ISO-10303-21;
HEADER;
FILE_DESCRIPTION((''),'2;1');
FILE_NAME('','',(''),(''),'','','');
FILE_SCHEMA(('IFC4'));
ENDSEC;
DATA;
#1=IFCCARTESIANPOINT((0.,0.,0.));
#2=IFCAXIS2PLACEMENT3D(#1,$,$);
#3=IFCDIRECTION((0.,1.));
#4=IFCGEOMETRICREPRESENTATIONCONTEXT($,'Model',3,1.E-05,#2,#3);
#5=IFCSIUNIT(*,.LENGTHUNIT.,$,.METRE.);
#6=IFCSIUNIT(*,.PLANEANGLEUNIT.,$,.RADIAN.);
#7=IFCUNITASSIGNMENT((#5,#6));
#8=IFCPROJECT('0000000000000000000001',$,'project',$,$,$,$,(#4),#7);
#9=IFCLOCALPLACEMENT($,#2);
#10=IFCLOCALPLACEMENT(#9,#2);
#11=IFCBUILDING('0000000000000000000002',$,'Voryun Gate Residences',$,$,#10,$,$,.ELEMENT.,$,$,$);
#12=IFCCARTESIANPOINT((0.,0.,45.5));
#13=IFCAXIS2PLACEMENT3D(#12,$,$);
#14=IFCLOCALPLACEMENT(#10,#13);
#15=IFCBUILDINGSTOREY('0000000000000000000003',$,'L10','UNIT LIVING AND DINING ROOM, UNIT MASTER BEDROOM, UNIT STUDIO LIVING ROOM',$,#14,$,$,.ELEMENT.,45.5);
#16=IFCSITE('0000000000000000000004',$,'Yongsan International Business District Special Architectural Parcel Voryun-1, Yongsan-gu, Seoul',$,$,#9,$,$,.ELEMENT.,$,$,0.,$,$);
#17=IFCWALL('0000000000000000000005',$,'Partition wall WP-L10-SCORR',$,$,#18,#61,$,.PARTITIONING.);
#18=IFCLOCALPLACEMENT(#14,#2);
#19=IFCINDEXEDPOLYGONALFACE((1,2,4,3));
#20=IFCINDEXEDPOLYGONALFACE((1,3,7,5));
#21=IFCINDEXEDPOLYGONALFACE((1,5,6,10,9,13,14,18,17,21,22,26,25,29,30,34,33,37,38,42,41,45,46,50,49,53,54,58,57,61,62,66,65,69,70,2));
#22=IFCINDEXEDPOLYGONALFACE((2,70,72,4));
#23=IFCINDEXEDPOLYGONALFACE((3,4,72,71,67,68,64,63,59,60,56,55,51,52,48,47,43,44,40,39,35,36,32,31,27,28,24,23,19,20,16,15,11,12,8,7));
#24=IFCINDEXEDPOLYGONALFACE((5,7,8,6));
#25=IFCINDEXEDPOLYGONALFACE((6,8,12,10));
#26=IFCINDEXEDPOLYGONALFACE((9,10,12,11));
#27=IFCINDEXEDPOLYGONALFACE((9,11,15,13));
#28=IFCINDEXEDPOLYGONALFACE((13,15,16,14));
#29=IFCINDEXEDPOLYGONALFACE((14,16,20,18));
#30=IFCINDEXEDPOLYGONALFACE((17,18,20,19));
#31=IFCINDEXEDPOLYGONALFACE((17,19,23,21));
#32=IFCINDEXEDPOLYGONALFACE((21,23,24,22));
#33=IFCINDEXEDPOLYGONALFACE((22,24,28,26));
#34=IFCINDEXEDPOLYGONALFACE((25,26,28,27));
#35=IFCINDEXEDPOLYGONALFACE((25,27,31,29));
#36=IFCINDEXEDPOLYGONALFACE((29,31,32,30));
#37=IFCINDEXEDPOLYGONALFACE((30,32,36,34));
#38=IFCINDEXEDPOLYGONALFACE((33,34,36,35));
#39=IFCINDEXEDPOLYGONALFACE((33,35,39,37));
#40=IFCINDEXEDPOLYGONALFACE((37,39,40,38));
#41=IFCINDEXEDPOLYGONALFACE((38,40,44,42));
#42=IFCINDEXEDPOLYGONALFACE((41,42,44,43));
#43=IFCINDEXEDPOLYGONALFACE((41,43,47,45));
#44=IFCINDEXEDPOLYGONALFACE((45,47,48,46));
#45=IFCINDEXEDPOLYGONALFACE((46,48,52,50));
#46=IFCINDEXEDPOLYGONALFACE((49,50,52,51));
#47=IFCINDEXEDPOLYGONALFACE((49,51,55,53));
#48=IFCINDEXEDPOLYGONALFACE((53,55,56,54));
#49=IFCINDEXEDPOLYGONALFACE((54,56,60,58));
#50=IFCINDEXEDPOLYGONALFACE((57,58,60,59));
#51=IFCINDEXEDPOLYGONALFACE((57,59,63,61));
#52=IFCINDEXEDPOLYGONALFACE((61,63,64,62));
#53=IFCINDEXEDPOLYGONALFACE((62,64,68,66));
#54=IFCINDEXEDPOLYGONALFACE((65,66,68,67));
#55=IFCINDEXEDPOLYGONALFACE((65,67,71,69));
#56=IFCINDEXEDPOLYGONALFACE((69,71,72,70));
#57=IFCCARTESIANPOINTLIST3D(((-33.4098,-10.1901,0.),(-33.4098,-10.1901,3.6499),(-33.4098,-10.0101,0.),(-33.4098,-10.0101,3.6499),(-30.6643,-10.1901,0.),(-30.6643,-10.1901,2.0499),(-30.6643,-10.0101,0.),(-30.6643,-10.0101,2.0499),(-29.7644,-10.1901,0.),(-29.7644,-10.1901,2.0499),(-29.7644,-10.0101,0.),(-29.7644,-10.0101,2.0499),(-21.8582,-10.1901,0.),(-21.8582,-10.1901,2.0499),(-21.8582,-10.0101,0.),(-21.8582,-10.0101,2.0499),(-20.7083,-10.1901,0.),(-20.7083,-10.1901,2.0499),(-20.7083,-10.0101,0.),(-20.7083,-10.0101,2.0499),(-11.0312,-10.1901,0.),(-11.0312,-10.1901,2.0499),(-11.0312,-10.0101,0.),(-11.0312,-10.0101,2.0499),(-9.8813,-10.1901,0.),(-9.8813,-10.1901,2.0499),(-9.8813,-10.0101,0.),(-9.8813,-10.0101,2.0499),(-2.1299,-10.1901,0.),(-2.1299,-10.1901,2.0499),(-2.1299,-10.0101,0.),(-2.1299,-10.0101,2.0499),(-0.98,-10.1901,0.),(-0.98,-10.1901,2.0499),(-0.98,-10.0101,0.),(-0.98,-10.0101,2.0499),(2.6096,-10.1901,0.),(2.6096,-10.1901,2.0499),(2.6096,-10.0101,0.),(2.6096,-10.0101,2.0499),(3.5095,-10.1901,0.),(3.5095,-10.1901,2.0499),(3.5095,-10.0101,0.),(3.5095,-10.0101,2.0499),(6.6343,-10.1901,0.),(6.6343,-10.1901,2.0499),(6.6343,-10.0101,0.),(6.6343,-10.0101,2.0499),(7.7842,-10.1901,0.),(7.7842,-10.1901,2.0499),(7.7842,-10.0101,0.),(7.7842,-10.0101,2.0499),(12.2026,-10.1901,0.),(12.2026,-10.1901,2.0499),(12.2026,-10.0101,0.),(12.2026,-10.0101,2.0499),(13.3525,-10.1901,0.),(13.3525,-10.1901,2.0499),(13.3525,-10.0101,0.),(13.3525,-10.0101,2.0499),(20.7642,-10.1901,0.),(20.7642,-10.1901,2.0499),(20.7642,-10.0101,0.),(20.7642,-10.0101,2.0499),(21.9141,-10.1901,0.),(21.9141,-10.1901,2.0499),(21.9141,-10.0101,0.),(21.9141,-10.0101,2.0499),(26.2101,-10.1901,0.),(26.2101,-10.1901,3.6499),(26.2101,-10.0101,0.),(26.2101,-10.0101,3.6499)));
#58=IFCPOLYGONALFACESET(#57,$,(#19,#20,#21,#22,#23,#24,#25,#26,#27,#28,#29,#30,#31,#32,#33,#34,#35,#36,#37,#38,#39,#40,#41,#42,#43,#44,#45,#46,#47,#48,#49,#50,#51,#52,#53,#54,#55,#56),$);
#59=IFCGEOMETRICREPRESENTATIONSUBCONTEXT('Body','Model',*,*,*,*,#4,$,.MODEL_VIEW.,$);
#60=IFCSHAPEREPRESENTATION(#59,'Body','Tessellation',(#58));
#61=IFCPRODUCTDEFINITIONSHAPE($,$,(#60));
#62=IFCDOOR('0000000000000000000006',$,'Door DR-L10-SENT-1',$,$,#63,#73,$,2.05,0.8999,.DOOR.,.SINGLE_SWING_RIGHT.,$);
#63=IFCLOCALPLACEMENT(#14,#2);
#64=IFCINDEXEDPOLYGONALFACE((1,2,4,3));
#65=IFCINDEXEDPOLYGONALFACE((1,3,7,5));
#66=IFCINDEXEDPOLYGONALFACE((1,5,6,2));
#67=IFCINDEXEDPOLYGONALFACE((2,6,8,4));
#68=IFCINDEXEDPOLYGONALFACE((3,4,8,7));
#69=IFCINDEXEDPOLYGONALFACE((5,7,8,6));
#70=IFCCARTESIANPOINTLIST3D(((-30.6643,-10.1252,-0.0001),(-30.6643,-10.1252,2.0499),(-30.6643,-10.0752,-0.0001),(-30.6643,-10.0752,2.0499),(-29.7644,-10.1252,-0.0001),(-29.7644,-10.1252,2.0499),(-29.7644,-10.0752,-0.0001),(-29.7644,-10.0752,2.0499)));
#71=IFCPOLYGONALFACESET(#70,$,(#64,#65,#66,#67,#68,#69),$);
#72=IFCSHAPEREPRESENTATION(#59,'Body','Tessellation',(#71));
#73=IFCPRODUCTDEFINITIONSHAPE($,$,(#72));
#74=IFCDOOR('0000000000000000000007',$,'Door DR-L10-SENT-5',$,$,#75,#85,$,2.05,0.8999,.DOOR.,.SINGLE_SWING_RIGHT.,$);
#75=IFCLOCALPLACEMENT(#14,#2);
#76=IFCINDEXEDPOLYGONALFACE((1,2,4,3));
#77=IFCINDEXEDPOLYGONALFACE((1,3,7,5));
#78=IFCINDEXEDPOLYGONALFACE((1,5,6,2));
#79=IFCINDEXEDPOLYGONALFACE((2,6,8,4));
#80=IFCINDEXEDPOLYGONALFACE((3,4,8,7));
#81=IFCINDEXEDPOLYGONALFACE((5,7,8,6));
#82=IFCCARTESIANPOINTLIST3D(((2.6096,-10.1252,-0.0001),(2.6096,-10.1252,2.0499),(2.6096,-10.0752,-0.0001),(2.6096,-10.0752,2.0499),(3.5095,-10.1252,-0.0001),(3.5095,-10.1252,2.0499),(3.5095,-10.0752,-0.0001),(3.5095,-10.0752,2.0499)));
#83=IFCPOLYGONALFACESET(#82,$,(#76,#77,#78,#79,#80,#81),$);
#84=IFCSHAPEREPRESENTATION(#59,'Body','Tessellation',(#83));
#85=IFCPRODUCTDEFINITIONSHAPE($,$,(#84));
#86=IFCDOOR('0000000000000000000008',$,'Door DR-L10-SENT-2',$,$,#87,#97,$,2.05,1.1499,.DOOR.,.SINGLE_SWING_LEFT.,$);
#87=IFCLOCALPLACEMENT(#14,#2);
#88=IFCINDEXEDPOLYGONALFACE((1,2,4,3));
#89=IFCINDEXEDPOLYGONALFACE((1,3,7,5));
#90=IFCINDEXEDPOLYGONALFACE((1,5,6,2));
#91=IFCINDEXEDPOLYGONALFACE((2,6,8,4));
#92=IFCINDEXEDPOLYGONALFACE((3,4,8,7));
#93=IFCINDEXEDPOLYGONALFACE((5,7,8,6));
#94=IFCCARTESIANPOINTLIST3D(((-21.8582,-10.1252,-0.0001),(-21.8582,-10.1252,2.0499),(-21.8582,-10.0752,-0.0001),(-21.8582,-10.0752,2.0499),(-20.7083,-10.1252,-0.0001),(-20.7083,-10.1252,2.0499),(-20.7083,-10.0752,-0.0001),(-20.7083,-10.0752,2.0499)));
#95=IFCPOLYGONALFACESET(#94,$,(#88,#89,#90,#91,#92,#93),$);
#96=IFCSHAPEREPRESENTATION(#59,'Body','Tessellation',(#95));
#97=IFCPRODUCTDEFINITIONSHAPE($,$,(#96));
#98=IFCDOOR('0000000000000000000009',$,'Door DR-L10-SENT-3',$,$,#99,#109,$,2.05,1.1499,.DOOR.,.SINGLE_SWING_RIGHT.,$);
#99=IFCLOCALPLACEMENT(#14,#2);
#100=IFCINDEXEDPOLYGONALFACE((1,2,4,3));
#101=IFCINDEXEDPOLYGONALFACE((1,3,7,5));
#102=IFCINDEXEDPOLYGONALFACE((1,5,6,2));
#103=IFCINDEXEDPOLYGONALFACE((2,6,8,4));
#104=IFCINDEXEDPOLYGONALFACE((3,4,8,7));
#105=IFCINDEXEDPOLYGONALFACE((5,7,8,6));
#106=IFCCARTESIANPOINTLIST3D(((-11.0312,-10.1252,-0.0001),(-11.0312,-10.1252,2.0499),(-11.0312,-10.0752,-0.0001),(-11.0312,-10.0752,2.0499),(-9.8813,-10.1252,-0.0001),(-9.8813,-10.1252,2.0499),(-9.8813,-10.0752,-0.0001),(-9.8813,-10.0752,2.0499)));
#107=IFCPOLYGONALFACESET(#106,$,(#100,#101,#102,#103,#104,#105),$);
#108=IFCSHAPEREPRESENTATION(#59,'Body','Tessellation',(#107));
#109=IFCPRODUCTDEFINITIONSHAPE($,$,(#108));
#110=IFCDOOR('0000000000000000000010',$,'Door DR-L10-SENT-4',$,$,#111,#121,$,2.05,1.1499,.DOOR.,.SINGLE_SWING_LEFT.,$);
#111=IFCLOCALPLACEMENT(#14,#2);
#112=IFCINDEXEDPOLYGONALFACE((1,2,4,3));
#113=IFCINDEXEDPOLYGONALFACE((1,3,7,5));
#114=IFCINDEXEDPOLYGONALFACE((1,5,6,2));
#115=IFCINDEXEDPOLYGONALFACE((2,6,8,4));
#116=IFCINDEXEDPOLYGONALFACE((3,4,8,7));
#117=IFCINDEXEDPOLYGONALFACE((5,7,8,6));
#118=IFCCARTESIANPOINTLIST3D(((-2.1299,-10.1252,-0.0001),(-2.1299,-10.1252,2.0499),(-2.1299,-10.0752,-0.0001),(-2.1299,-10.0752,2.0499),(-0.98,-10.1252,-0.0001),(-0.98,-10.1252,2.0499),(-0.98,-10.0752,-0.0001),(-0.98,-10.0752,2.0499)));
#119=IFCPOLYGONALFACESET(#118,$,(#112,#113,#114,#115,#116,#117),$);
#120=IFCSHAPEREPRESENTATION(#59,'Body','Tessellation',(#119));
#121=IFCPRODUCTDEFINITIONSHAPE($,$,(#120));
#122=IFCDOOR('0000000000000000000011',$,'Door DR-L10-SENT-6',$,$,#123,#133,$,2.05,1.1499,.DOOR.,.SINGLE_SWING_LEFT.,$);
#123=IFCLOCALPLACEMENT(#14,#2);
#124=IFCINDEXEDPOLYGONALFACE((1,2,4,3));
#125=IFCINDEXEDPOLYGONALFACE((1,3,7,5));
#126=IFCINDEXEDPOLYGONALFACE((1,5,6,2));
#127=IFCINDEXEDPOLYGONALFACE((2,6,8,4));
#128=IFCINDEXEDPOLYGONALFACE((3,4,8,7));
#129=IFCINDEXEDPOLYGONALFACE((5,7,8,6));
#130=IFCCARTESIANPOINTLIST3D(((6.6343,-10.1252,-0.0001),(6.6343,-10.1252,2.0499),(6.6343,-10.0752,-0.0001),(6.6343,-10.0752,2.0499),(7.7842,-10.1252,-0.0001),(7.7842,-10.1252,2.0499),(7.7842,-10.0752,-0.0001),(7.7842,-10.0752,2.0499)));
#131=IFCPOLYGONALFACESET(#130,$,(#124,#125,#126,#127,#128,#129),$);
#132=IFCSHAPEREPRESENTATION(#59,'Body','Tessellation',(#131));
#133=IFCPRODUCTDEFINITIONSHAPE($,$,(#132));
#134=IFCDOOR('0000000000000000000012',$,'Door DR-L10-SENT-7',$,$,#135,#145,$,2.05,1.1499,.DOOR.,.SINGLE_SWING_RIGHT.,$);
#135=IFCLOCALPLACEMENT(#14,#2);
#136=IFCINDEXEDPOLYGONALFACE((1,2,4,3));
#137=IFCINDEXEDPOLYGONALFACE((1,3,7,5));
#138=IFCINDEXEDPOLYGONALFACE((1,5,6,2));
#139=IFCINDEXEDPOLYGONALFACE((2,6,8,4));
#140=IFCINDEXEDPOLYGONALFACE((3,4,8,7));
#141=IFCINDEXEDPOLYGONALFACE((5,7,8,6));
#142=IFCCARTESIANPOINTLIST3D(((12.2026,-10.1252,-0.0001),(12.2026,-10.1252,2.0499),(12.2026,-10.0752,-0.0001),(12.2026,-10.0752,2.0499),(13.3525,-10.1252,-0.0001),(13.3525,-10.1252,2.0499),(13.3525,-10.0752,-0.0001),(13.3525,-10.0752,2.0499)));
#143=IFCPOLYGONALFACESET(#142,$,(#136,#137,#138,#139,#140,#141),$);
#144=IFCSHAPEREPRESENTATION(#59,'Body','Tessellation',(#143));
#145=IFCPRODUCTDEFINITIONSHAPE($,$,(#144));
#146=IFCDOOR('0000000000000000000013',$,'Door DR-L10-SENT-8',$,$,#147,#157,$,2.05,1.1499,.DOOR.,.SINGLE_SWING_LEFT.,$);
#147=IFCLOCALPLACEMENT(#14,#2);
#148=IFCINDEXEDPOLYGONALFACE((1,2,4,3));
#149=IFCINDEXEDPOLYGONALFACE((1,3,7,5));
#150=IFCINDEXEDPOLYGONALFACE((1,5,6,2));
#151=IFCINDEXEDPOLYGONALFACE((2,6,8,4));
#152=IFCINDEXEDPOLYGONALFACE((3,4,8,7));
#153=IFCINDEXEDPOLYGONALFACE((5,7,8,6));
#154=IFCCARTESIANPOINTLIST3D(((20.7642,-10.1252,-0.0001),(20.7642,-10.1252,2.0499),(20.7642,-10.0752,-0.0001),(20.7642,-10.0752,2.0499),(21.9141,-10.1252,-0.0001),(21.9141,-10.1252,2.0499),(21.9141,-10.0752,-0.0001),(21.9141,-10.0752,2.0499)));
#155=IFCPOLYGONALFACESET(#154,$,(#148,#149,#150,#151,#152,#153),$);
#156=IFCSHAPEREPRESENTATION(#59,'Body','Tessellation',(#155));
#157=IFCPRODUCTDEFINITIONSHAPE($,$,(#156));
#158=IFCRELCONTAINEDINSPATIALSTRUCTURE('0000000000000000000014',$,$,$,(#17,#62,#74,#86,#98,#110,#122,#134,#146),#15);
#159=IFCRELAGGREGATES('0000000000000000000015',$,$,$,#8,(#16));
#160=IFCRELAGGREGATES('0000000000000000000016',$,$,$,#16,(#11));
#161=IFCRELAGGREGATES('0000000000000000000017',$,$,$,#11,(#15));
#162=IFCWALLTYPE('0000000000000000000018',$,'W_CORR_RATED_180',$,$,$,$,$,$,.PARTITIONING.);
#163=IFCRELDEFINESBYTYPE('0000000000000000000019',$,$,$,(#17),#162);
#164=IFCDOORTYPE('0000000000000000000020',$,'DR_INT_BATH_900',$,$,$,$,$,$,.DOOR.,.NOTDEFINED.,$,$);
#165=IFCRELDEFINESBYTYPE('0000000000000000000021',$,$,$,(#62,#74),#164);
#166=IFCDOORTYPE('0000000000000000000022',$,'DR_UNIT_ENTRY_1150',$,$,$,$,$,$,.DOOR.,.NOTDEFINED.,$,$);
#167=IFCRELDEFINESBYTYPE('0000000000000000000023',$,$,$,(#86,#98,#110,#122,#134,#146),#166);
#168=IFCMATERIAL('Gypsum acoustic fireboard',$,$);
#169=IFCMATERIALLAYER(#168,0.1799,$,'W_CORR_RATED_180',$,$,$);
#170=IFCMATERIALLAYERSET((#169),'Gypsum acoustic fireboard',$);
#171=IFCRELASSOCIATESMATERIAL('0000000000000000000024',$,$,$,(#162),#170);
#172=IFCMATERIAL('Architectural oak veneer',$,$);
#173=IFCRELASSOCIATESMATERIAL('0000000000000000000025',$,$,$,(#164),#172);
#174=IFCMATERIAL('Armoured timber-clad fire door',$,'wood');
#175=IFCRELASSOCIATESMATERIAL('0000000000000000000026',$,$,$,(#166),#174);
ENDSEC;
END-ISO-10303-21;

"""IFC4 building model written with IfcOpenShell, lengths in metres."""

from ifc_helpers import new_model, si_unit, direction, frame, frame_2d, origin, place, context, subcontext, project, spatial, rectangle, extrude, material, layer, layer_set, type_object, element, fill, save


model = new_model("IFC4")

# Units and contexts
model_context = context("Model", 3, precision=1e-05, world=origin(), true_north=direction((0.0, 1.0)))
body_context = subcontext(model_context, "Body", "Model", "MODEL_VIEW")
ifc_project = project(units=[si_unit("LENGTHUNIT", "METRE"), si_unit("PLANEANGLEUNIT", "RADIAN")], contexts=[model_context])

# Site, building, storey
site_placement = place(None, origin())
site = spatial("IfcSite", under=ifc_project, at=site_placement, Name="Yongsan International Business District Special Architectural Parcel Voryun-1, Yongsan-gu, Seoul", CompositionType="ELEMENT", RefElevation=0.0)
building_placement = place(site_placement, origin())
building = spatial("IfcBuilding", under=site, at=building_placement, Name="Voryun Gate Residences", CompositionType="ELEMENT")
storey_placement = place(building_placement, frame((0.0, 0.0, 45.5)))
storey = spatial("IfcBuildingStorey", under=building, at=storey_placement, Name="L10", Description="UNIT LIVING AND DINING ROOM, UNIT MASTER BEDROOM, UNIT STUDIO LIVING ROOM", CompositionType="ELEMENT", Elevation=45.5)

# Shared definitions
ifc_material_1 = material(Name="Gypsum acoustic fireboard")
ifc_layer_1 = layer(ifc_material_1, 0.1799, Name="W_CORR_RATED_180")
ifc_layer_set_1 = layer_set([ifc_layer_1], Name="Gypsum acoustic fireboard")
wall_type_1 = type_object("IfcWallType", Name="W_CORR_RATED_180", PredefinedType="PARTITIONING", material=ifc_layer_set_1)

# Wall, openings, doors
wall_1_placement = place(storey_placement, frame((-33.4099, -10.1001, 0.0), z_axis=(0.0, 0.0, 1.0), x_axis=(1.0, 0.0, 0.0)))
wall_1 = element("IfcWall", 1, at=wall_1_placement, inside=storey, type_object=wall_type_1, Name="Partition wall WP-L10-SCORR", PredefinedType="PARTITIONING", context=body_context, shape_type="SweptSolid", body=[
    extrude(rectangle(XDim=59.6199, YDim=0.1799, at=frame_2d((29.8101, 0.0))), origin(), (0.0, 0.0, 1.0), 3.6499),
])
opening_1_placement = place(wall_1_placement, frame((2.7456, 0.0, 0.0)))
opening_1 = element("IfcOpeningElement", 2, at=opening_1_placement, cuts=wall_1, PredefinedType="OPENING", context=body_context, shape_type="SweptSolid", body=[
    extrude(rectangle(XDim=0.8999, YDim=2.05, at=frame_2d((0.45, 1.0249))), frame((0.0, 0.0999, 0.0), z_axis=(0.0, -1.0, 0.0), x_axis=(1.0, 0.0, 0.0)), (0.0, 0.0, 1.0), 0.2),
])
opening_2_placement = place(wall_1_placement, frame((11.5518, 0.0, 0.0)))
opening_2 = element("IfcOpeningElement", 3, at=opening_2_placement, cuts=wall_1, PredefinedType="OPENING", context=body_context, shape_type="SweptSolid", body=[
    extrude(rectangle(XDim=1.1499, YDim=2.05, at=frame_2d((0.575, 1.0249))), frame((0.0, 0.0999, 0.0), z_axis=(0.0, -1.0, 0.0), x_axis=(1.0, 0.0, 0.0)), (0.0, 0.0, 1.0), 0.2),
])
opening_3_placement = place(wall_1_placement, frame((22.3787, 0.0, 0.0)))
opening_3 = element("IfcOpeningElement", 4, at=opening_3_placement, cuts=wall_1, PredefinedType="OPENING", context=body_context, shape_type="SweptSolid", body=[
    extrude(rectangle(XDim=1.1499, YDim=2.05, at=frame_2d((0.575, 1.0249))), frame((0.0, 0.0999, 0.0), z_axis=(0.0, -1.0, 0.0), x_axis=(1.0, 0.0, 0.0)), (0.0, 0.0, 1.0), 0.2),
])
opening_4_placement = place(wall_1_placement, frame((31.28, 0.0, 0.0)))
opening_4 = element("IfcOpeningElement", 5, at=opening_4_placement, cuts=wall_1, PredefinedType="OPENING", context=body_context, shape_type="SweptSolid", body=[
    extrude(rectangle(XDim=1.1499, YDim=2.05, at=frame_2d((0.575, 1.0249))), frame((0.0, 0.0999, 0.0), z_axis=(0.0, -1.0, 0.0), x_axis=(1.0, 0.0, 0.0)), (0.0, 0.0, 1.0), 0.2),
])
opening_5_placement = place(wall_1_placement, frame((36.0195, 0.0, 0.0)))
opening_5 = element("IfcOpeningElement", 6, at=opening_5_placement, cuts=wall_1, PredefinedType="OPENING", context=body_context, shape_type="SweptSolid", body=[
    extrude(rectangle(XDim=0.8999, YDim=2.05, at=frame_2d((0.45, 1.0249))), frame((0.0, 0.0999, 0.0), z_axis=(0.0, -1.0, 0.0), x_axis=(1.0, 0.0, 0.0)), (0.0, 0.0, 1.0), 0.2),
])
opening_6_placement = place(wall_1_placement, frame((40.0442, 0.0, 0.0)))
opening_6 = element("IfcOpeningElement", 7, at=opening_6_placement, cuts=wall_1, PredefinedType="OPENING", context=body_context, shape_type="SweptSolid", body=[
    extrude(rectangle(XDim=1.1499, YDim=2.05, at=frame_2d((0.575, 1.0249))), frame((0.0, 0.0999, 0.0), z_axis=(0.0, -1.0, 0.0), x_axis=(1.0, 0.0, 0.0)), (0.0, 0.0, 1.0), 0.2),
])
opening_7_placement = place(wall_1_placement, frame((45.6125, 0.0, 0.0)))
opening_7 = element("IfcOpeningElement", 8, at=opening_7_placement, cuts=wall_1, PredefinedType="OPENING", context=body_context, shape_type="SweptSolid", body=[
    extrude(rectangle(XDim=1.1499, YDim=2.05, at=frame_2d((0.575, 1.0249))), frame((0.0, 0.0999, 0.0), z_axis=(0.0, -1.0, 0.0), x_axis=(1.0, 0.0, 0.0)), (0.0, 0.0, 1.0), 0.2),
])
opening_8_placement = place(wall_1_placement, frame((54.1741, 0.0, 0.0)))
opening_8 = element("IfcOpeningElement", 9, at=opening_8_placement, cuts=wall_1, PredefinedType="OPENING", context=body_context, shape_type="SweptSolid", body=[
    extrude(rectangle(XDim=1.1499, YDim=2.05, at=frame_2d((0.575, 1.0249))), frame((0.0, 0.0999, 0.0), z_axis=(0.0, -1.0, 0.0), x_axis=(1.0, 0.0, 0.0)), (0.0, 0.0, 1.0), 0.2),
])
ifc_material_2 = material(Name="Architectural oak veneer")
door_type_1 = type_object("IfcDoorType", Name="DR_INT_BATH_900", OperationType="NOTDEFINED", PredefinedType="DOOR", material=ifc_material_2)
door_1_placement = place(opening_1_placement, origin())
door_1 = element("IfcDoor", 10, at=door_1_placement, inside=storey, type_object=door_type_1, Name="Door DR-L10-SENT-1", OperationType="SINGLE_SWING_RIGHT", OverallHeight=2.05, OverallWidth=0.8999, PredefinedType="DOOR", context=body_context, shape_type="SweptSolid", body=[
    extrude(rectangle(XDim=0.8999, YDim=2.05, at=frame_2d((0.45, 1.0249))), frame((0.0, 0.0249, 0.0), z_axis=(0.0, -1.0, 0.0), x_axis=(1.0, 0.0, 0.0)), (0.0, 0.0, 1.0), 0.05),
])
fill(opening_1, door_1)
door_2_placement = place(opening_5_placement, origin())
door_2 = element("IfcDoor", 11, at=door_2_placement, inside=storey, type_object=door_type_1, Name="Door DR-L10-SENT-5", OperationType="SINGLE_SWING_RIGHT", OverallHeight=2.05, OverallWidth=0.8999, PredefinedType="DOOR", context=body_context, shape_type="SweptSolid", body=[
    extrude(rectangle(XDim=0.8999, YDim=2.05, at=frame_2d((0.45, 1.0249))), frame((0.0, 0.0249, 0.0), z_axis=(0.0, -1.0, 0.0), x_axis=(1.0, 0.0, 0.0)), (0.0, 0.0, 1.0), 0.05),
])
fill(opening_5, door_2)
ifc_material_3 = material(Name="Armoured timber-clad fire door", Category="wood")
door_type_2 = type_object("IfcDoorType", Name="DR_UNIT_ENTRY_1150", OperationType="NOTDEFINED", PredefinedType="DOOR", material=ifc_material_3)
door_3_placement = place(opening_2_placement, origin())
door_3 = element("IfcDoor", 12, at=door_3_placement, inside=storey, type_object=door_type_2, Name="Door DR-L10-SENT-2", OperationType="SINGLE_SWING_LEFT", OverallHeight=2.05, OverallWidth=1.1499, PredefinedType="DOOR", context=body_context, shape_type="SweptSolid", body=[
    extrude(rectangle(XDim=1.1499, YDim=2.05, at=frame_2d((0.575, 1.0249))), frame((0.0, 0.0249, 0.0), z_axis=(0.0, -1.0, 0.0), x_axis=(1.0, 0.0, 0.0)), (0.0, 0.0, 1.0), 0.05),
])
fill(opening_2, door_3)
door_4_placement = place(opening_3_placement, origin())
door_4 = element("IfcDoor", 13, at=door_4_placement, inside=storey, type_object=door_type_2, Name="Door DR-L10-SENT-3", OperationType="SINGLE_SWING_RIGHT", OverallHeight=2.05, OverallWidth=1.1499, PredefinedType="DOOR", context=body_context, shape_type="SweptSolid", body=[
    extrude(rectangle(XDim=1.1499, YDim=2.05, at=frame_2d((0.575, 1.0249))), frame((0.0, 0.0249, 0.0), z_axis=(0.0, -1.0, 0.0), x_axis=(1.0, 0.0, 0.0)), (0.0, 0.0, 1.0), 0.05),
])
fill(opening_3, door_4)
door_5_placement = place(opening_4_placement, origin())
door_5 = element("IfcDoor", 14, at=door_5_placement, inside=storey, type_object=door_type_2, Name="Door DR-L10-SENT-4", OperationType="SINGLE_SWING_LEFT", OverallHeight=2.05, OverallWidth=1.1499, PredefinedType="DOOR", context=body_context, shape_type="SweptSolid", body=[
    extrude(rectangle(XDim=1.1499, YDim=2.05, at=frame_2d((0.575, 1.0249))), frame((0.0, 0.0249, 0.0), z_axis=(0.0, -1.0, 0.0), x_axis=(1.0, 0.0, 0.0)), (0.0, 0.0, 1.0), 0.05),
])
fill(opening_4, door_5)
door_6_placement = place(opening_6_placement, origin())
door_6 = element("IfcDoor", 15, at=door_6_placement, inside=storey, type_object=door_type_2, Name="Door DR-L10-SENT-6", OperationType="SINGLE_SWING_LEFT", OverallHeight=2.05, OverallWidth=1.1499, PredefinedType="DOOR", context=body_context, shape_type="SweptSolid", body=[
    extrude(rectangle(XDim=1.1499, YDim=2.05, at=frame_2d((0.575, 1.0249))), frame((0.0, 0.0249, 0.0), z_axis=(0.0, -1.0, 0.0), x_axis=(1.0, 0.0, 0.0)), (0.0, 0.0, 1.0), 0.05),
])
fill(opening_6, door_6)
door_7_placement = place(opening_7_placement, origin())
door_7 = element("IfcDoor", 16, at=door_7_placement, inside=storey, type_object=door_type_2, Name="Door DR-L10-SENT-7", OperationType="SINGLE_SWING_RIGHT", OverallHeight=2.05, OverallWidth=1.1499, PredefinedType="DOOR", context=body_context, shape_type="SweptSolid", body=[
    extrude(rectangle(XDim=1.1499, YDim=2.05, at=frame_2d((0.575, 1.0249))), frame((0.0, 0.0249, 0.0), z_axis=(0.0, -1.0, 0.0), x_axis=(1.0, 0.0, 0.0)), (0.0, 0.0, 1.0), 0.05),
])
fill(opening_7, door_7)
door_8_placement = place(opening_8_placement, origin())
door_8 = element("IfcDoor", 17, at=door_8_placement, inside=storey, type_object=door_type_2, Name="Door DR-L10-SENT-8", OperationType="SINGLE_SWING_LEFT", OverallHeight=2.05, OverallWidth=1.1499, PredefinedType="DOOR", context=body_context, shape_type="SweptSolid", body=[
    extrude(rectangle(XDim=1.1499, YDim=2.05, at=frame_2d((0.575, 1.0249))), frame((0.0, 0.0249, 0.0), z_axis=(0.0, -1.0, 0.0), x_axis=(1.0, 0.0, 0.0)), (0.0, 0.0, 1.0), 0.05),
])
fill(opening_8, door_8)

save(model, "model.ifc")
